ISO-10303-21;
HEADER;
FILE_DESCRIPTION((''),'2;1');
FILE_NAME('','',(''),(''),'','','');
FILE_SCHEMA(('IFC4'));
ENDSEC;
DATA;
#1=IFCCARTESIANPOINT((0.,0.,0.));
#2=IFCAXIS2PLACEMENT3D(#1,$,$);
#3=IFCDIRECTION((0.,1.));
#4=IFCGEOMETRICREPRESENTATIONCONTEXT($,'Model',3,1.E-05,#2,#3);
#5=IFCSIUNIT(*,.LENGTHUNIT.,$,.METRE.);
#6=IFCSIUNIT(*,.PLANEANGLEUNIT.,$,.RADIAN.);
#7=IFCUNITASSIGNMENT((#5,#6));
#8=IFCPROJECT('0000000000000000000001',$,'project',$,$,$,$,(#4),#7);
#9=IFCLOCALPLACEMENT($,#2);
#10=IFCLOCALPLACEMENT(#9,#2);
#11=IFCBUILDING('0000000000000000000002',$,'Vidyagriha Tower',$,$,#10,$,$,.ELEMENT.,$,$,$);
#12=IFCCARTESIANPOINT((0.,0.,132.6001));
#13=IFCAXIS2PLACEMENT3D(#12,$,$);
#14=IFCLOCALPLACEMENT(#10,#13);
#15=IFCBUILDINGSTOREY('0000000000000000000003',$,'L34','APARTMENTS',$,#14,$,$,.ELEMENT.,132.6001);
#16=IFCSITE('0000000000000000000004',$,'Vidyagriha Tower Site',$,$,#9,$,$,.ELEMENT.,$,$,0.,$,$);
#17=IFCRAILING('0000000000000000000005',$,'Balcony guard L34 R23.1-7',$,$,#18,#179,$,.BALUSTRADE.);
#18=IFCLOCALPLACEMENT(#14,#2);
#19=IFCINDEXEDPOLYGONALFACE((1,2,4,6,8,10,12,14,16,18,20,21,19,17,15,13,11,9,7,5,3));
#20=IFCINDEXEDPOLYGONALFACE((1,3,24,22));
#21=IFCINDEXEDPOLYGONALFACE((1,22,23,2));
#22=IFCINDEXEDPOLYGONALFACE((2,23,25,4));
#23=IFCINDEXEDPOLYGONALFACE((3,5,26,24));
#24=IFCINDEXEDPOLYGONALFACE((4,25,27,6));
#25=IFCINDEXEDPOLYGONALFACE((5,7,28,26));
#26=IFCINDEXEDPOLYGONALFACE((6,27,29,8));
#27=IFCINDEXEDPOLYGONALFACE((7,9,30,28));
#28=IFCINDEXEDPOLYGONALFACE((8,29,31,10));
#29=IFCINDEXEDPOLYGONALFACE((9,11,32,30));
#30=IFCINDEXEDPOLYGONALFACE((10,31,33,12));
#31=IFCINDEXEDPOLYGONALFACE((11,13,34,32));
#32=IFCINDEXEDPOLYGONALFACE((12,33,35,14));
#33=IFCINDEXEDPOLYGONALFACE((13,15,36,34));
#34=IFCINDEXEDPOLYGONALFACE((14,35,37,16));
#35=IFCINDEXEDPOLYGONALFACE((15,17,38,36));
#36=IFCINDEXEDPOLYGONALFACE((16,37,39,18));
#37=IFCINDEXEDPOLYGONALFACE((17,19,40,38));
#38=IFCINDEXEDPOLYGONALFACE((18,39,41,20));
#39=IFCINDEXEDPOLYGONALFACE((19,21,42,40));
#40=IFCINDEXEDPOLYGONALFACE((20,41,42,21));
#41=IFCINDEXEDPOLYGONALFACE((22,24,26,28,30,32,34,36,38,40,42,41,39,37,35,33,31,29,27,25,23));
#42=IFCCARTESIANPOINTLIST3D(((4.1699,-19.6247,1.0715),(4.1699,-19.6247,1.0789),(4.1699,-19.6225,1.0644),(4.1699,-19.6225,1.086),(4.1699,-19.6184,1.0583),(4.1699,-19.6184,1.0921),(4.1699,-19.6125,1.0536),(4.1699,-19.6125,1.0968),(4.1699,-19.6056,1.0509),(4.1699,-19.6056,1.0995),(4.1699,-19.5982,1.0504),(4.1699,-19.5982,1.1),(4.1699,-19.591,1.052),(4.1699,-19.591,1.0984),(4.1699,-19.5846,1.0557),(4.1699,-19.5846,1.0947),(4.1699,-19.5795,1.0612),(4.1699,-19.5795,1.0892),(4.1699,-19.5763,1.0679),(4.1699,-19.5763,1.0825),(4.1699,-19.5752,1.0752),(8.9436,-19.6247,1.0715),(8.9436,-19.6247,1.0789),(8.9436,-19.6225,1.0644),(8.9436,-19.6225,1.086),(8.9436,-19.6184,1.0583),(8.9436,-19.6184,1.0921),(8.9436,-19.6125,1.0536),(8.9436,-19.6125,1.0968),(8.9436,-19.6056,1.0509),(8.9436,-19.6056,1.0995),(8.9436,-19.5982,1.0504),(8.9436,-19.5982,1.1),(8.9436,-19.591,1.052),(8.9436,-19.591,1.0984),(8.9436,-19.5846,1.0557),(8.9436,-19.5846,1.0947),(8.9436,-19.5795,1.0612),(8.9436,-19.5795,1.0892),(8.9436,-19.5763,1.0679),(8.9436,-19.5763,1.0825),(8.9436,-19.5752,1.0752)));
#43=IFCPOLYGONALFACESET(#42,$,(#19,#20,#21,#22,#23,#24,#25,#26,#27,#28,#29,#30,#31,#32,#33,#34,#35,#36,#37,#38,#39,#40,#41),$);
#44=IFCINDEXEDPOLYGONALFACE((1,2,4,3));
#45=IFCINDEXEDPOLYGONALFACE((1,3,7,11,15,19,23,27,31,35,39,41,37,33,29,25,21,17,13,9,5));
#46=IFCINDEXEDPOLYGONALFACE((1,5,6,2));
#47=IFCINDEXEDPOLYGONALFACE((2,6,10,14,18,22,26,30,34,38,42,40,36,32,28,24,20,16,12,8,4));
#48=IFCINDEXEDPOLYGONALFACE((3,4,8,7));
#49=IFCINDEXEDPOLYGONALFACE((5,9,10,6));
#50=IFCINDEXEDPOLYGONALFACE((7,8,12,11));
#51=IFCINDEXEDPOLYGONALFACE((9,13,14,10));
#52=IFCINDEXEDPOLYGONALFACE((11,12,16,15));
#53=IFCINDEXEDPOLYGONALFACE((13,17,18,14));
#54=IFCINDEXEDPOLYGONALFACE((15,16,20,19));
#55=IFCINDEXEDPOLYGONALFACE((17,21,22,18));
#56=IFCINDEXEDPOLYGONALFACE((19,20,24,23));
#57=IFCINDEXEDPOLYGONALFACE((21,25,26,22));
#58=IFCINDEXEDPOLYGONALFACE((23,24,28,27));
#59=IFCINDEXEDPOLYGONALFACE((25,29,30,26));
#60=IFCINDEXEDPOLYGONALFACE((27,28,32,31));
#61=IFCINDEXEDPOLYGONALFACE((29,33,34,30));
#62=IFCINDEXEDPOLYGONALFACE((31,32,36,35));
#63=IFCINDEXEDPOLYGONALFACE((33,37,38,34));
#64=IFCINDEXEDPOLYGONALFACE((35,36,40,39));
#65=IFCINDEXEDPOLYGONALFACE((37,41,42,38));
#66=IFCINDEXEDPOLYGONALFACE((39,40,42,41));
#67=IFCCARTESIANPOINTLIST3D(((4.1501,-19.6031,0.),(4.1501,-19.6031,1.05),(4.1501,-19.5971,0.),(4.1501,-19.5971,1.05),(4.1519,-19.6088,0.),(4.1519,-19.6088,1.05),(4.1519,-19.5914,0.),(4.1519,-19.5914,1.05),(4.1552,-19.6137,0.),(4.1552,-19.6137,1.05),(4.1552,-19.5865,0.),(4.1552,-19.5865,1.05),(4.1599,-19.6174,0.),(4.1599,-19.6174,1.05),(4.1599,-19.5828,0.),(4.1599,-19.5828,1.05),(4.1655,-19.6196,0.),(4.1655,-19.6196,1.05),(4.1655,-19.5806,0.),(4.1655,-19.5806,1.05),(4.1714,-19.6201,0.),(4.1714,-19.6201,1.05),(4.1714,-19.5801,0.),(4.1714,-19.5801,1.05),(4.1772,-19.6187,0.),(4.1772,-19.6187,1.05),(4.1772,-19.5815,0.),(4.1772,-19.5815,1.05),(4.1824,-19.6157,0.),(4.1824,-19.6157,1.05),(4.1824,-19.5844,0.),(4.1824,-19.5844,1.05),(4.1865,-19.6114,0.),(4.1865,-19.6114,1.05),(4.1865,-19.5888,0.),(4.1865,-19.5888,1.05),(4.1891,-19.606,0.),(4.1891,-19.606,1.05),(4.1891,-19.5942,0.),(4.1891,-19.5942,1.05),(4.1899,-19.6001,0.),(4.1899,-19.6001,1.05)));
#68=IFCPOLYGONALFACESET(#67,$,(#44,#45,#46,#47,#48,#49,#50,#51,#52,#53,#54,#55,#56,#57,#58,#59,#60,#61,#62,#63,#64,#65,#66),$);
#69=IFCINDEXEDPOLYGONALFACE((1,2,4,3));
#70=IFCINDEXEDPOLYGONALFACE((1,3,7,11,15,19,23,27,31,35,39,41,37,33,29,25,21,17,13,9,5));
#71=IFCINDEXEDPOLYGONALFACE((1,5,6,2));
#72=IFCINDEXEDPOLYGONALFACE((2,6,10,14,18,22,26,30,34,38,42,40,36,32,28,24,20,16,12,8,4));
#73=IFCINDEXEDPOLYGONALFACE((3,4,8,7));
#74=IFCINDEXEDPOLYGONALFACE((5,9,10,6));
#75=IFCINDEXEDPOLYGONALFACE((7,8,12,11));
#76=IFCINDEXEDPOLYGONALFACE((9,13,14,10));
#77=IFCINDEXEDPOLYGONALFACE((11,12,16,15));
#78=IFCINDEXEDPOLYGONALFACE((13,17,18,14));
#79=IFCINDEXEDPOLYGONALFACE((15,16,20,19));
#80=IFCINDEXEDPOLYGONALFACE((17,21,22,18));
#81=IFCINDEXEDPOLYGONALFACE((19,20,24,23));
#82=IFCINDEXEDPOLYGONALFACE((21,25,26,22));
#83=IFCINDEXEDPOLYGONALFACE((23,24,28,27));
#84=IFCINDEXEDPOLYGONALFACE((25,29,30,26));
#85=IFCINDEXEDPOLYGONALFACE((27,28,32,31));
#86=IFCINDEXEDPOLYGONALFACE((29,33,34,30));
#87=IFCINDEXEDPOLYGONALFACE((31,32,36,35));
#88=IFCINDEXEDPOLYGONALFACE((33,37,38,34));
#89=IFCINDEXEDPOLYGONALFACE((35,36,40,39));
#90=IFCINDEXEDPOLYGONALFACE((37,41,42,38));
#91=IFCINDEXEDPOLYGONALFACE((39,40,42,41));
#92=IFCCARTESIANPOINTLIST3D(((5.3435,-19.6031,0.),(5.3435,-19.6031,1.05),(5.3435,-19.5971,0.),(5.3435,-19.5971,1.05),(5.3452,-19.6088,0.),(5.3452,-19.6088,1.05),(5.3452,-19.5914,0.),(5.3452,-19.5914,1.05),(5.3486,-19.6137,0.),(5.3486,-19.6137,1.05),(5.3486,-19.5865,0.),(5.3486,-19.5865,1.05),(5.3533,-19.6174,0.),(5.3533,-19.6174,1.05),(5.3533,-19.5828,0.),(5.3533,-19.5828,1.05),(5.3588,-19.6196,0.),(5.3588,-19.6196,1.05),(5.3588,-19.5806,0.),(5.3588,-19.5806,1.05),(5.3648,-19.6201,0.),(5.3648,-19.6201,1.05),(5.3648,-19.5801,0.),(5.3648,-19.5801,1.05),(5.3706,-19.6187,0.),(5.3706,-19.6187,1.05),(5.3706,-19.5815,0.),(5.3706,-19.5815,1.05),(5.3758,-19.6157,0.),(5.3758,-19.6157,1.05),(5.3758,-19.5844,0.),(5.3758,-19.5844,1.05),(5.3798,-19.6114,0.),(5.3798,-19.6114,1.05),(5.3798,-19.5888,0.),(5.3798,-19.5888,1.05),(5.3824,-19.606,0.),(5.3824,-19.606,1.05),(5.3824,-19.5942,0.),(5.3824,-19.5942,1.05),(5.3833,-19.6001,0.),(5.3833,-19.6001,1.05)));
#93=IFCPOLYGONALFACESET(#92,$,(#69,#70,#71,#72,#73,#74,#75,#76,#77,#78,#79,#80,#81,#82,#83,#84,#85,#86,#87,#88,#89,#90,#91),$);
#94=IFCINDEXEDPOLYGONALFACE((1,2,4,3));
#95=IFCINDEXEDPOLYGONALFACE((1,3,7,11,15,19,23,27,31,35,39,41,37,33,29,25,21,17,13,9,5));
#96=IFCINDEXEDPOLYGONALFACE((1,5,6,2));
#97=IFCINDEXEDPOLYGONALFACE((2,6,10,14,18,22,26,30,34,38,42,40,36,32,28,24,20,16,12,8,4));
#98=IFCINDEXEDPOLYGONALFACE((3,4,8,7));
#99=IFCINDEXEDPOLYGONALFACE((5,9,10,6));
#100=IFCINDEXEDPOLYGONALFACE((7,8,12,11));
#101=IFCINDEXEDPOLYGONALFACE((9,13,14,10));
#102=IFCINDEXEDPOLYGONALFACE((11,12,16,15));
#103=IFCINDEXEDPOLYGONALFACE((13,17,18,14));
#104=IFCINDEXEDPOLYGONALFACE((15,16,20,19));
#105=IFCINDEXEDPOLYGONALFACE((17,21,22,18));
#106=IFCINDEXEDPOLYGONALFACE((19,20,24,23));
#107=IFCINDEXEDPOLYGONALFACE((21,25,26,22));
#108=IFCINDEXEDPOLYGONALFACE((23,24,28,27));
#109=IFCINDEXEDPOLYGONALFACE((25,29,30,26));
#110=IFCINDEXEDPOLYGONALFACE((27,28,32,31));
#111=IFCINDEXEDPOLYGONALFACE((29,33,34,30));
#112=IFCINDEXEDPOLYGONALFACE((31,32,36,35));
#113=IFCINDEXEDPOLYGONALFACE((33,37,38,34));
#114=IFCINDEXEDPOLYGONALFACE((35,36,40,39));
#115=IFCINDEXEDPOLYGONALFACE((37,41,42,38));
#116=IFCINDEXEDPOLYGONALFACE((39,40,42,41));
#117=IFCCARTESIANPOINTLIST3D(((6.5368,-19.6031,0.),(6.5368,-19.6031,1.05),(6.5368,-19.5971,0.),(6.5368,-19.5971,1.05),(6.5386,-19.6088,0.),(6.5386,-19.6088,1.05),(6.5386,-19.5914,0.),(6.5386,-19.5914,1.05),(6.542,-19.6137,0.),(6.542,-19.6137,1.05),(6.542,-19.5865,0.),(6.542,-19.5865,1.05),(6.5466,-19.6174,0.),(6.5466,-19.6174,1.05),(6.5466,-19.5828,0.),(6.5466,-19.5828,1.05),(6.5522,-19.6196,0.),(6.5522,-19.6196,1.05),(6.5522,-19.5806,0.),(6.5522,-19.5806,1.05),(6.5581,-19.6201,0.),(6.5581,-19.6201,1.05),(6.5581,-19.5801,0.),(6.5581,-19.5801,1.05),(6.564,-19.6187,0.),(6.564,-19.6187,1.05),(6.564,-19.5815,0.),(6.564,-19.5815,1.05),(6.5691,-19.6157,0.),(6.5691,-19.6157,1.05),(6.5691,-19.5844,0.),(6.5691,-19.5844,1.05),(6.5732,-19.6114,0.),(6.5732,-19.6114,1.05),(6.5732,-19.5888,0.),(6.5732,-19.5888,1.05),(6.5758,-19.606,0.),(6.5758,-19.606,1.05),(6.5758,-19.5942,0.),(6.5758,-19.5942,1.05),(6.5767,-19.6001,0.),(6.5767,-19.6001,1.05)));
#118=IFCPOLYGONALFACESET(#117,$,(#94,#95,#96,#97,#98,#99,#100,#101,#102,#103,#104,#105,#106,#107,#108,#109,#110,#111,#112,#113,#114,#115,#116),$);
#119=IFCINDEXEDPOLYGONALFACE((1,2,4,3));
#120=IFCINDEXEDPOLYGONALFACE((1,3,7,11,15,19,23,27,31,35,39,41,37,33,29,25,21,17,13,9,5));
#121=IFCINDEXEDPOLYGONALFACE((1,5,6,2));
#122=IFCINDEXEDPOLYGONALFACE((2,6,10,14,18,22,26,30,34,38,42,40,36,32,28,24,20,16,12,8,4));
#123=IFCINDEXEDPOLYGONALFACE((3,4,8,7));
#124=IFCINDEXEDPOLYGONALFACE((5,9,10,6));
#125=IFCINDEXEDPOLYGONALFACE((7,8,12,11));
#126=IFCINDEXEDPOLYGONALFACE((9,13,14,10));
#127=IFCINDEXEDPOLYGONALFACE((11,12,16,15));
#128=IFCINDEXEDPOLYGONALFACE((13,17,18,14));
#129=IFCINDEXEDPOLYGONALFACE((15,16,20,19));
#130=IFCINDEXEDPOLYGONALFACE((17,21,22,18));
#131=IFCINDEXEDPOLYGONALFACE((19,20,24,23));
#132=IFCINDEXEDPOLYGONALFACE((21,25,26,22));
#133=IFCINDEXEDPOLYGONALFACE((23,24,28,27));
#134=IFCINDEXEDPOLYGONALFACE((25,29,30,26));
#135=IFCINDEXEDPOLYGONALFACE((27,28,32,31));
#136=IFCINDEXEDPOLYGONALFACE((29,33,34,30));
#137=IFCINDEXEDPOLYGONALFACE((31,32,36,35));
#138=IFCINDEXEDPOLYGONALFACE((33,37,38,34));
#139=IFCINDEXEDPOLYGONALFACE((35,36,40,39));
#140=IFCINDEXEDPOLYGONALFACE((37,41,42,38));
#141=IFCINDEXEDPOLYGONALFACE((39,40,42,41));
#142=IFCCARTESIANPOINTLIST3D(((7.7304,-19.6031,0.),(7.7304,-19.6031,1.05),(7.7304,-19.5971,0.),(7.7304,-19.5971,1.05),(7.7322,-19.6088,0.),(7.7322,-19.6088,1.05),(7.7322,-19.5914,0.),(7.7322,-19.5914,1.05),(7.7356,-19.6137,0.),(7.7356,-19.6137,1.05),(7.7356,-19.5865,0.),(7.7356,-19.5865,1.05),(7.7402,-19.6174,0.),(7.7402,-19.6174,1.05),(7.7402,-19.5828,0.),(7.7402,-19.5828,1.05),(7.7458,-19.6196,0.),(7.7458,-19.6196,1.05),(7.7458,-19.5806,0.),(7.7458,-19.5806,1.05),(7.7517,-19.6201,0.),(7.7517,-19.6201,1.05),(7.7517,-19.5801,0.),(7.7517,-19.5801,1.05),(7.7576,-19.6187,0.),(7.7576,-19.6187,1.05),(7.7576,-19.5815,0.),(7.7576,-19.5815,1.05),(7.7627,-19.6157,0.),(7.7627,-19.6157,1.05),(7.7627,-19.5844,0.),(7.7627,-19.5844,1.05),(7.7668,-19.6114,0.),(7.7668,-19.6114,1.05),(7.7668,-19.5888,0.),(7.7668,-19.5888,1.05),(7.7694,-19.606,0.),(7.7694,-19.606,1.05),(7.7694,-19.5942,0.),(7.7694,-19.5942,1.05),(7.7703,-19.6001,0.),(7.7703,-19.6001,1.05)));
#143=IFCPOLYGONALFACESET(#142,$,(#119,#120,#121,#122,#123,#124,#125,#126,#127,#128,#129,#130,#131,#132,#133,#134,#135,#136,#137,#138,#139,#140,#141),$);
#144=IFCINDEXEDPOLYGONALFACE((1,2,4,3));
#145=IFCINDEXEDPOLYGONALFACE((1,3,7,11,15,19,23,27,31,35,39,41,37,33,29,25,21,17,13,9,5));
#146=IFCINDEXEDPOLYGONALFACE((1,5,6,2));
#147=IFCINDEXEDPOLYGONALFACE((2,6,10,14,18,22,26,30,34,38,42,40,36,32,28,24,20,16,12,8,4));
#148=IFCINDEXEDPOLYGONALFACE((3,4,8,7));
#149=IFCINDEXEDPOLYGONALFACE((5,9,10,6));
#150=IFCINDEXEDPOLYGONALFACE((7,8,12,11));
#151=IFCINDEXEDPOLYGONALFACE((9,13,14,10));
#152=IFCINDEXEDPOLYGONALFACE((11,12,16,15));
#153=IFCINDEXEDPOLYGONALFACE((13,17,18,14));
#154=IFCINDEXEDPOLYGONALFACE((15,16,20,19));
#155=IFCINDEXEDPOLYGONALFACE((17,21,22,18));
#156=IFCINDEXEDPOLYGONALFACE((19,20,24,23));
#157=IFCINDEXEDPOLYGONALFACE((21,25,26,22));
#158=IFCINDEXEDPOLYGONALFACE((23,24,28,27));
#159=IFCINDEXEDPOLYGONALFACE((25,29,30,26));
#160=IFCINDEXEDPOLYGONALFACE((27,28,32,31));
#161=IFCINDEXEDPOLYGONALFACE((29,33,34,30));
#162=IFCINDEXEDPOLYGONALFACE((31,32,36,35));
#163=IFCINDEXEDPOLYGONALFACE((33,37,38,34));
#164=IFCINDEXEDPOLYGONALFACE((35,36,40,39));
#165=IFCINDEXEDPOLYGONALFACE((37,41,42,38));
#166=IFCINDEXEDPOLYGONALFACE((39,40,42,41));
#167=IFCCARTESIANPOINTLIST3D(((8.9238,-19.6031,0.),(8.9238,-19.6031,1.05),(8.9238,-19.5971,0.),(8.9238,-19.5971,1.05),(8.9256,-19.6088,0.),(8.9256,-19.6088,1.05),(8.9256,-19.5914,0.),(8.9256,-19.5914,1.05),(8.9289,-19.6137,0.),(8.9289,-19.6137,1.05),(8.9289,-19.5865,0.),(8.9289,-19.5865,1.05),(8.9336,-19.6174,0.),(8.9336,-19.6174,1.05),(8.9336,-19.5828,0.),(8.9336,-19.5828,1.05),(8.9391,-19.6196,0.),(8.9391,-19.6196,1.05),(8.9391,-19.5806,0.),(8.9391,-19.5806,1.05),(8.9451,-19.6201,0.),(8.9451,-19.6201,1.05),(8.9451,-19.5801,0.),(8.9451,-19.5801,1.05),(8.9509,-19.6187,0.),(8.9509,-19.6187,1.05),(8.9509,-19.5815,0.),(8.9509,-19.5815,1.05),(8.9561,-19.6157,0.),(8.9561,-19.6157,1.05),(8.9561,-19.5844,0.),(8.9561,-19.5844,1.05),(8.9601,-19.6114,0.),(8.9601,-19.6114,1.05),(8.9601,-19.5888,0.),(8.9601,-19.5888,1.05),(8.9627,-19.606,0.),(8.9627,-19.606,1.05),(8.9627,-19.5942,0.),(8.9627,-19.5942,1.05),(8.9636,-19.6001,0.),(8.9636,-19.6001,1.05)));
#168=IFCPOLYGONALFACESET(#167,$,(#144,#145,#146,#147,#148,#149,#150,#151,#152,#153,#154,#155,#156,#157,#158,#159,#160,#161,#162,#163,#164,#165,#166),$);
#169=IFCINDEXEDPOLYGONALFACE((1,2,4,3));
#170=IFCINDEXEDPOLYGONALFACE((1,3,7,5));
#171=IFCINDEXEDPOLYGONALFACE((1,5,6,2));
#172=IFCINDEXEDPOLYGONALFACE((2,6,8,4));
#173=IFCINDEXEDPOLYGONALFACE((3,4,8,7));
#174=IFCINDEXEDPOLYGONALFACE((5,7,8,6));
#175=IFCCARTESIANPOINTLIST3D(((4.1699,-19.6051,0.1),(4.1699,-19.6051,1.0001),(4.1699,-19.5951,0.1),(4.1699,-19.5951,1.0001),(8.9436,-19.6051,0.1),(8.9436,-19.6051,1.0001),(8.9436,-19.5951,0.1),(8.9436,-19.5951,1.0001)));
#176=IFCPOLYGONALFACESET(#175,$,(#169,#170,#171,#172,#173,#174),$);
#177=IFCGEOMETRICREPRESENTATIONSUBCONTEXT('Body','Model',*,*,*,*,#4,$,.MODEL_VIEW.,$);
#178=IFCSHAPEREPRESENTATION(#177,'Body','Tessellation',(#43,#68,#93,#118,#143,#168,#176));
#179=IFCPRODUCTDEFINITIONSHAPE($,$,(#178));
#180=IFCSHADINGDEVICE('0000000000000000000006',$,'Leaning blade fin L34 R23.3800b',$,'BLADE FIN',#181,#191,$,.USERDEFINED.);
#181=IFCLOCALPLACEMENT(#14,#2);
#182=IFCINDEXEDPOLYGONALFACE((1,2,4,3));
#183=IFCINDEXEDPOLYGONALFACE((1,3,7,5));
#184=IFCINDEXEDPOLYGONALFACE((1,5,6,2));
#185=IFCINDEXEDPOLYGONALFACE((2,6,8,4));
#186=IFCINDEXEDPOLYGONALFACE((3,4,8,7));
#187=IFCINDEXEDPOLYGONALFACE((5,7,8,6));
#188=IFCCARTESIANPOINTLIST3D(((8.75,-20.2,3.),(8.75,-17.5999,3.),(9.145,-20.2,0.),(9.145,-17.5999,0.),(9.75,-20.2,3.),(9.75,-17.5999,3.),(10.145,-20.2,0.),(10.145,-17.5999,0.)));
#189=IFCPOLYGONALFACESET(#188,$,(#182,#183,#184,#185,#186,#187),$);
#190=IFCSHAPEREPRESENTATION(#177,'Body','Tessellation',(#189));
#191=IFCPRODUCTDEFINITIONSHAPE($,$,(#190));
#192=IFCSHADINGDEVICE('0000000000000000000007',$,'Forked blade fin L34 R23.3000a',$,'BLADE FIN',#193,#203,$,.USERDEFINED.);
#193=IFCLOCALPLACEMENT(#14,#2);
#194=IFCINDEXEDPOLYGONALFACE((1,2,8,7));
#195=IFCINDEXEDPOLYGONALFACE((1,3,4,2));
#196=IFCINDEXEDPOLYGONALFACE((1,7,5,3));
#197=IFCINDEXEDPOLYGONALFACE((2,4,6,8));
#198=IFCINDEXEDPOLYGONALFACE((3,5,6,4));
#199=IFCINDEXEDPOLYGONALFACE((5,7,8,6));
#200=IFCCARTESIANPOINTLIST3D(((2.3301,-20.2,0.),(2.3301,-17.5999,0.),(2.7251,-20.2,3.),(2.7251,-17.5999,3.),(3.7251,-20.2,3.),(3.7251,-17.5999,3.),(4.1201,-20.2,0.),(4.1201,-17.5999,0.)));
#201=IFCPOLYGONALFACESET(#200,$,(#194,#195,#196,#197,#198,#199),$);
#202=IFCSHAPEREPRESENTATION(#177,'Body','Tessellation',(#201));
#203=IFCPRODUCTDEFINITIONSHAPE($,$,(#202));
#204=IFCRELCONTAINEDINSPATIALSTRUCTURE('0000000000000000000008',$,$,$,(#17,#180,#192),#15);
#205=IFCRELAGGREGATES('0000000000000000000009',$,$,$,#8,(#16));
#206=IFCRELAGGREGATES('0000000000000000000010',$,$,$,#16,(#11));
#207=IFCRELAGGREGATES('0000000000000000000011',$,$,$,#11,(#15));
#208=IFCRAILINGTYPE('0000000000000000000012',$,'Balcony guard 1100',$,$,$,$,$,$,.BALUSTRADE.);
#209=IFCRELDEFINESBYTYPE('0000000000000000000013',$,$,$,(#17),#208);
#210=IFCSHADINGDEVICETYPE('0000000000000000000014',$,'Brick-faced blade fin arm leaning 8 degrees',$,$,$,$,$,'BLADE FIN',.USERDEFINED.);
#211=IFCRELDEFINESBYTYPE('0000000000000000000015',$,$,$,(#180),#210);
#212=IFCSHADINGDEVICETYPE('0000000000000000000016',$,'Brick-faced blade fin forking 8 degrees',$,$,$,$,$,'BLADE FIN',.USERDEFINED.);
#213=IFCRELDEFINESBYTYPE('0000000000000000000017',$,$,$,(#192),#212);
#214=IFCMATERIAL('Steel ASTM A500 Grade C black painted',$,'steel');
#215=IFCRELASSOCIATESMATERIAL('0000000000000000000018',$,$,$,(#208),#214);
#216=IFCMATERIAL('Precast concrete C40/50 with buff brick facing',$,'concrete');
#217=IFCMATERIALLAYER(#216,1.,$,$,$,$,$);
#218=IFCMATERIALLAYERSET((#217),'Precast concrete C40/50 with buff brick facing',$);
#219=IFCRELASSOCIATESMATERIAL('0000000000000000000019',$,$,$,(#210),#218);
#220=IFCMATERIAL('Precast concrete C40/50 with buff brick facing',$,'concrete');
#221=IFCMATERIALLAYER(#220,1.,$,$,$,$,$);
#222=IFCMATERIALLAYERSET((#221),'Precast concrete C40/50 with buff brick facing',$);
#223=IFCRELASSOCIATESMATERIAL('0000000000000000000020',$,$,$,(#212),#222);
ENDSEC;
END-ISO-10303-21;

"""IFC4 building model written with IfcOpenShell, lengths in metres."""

from ifc_helpers import new_model, si_unit, direction, frame, origin, origin_2d, place, context, subcontext, project, spatial, polyline, rectangle, circle, outline, extrude, material, layer, layer_set, type_object, element, save


model = new_model("IFC4")

# Units and contexts
model_context = context("Model", 3, precision=1e-05, world=origin(), true_north=direction((0.0, 1.0)))
body_context = subcontext(model_context, "Body", "Model", "MODEL_VIEW")
ifc_project = project(units=[si_unit("LENGTHUNIT", "METRE"), si_unit("PLANEANGLEUNIT", "RADIAN")], contexts=[model_context])

# Site, building, storey
site_placement = place(None, origin())
site = spatial("IfcSite", under=ifc_project, at=site_placement, Name="Vidyagriha Tower Site", CompositionType="ELEMENT", RefElevation=0.0)
building_placement = place(site_placement, origin())
building = spatial("IfcBuilding", under=site, at=building_placement, Name="Vidyagriha Tower", CompositionType="ELEMENT")
storey_placement = place(building_placement, frame((0.0, 0.0, 132.6001)))
storey = spatial("IfcBuildingStorey", under=building, at=storey_placement, Name="L34", Description="APARTMENTS", CompositionType="ELEMENT", Elevation=132.6001)

# Railing
ifc_material_1 = material(Name="Steel ASTM A500 Grade C black painted", Category="steel")
railing_type = type_object("IfcRailingType", Name="Balcony guard 1100", PredefinedType="BALUSTRADE", material=ifc_material_1)
railing_placement = place(storey_placement, frame((4.1699, -19.6001, 0.0)))
element("IfcRailing", 1, at=railing_placement, inside=storey, type_object=railing_type, Name="Balcony guard L34 R23.1-7", PredefinedType="BALUSTRADE", context=body_context, shape_type="SweptSolid", body=[
    extrude(circle(Radius=0.0249, at=origin_2d()), frame((0.0, 0.0, 1.0752), z_axis=(1.0, 0.0, 0.0), x_axis=(0.0, 1.0, 0.0)), (0.0, 0.0, 1.0), 4.7737),
    extrude(circle(Radius=0.02, at=origin_2d()), origin(), (0.0, 0.0, 1.0), 1.05),
    extrude(circle(Radius=0.02, at=origin_2d()), frame((1.1934, 0.0, 0.0)), (0.0, 0.0, 1.0), 1.05),
    extrude(circle(Radius=0.02, at=origin_2d()), frame((2.3867, 0.0, 0.0)), (0.0, 0.0, 1.0), 1.05),
    extrude(circle(Radius=0.02, at=origin_2d()), frame((3.5803, 0.0, 0.0)), (0.0, 0.0, 1.0), 1.05),
    extrude(circle(Radius=0.02, at=origin_2d()), frame((4.7737, 0.0, 0.0)), (0.0, 0.0, 1.0), 1.05),
    extrude(rectangle(XDim=0.01, YDim=0.9001, at=origin_2d()), frame((0.0, 0.0, 0.55), z_axis=(1.0, 0.0, 0.0), x_axis=(0.0, 1.0, 0.0)), (0.0, 0.0, 1.0), 4.7737),
])

# Shading devices
ifc_material_2 = material(Name="Precast concrete C40/50 with buff brick facing", Category="concrete")
ifc_layer_1 = layer(ifc_material_2, 1.0)
ifc_layer_set_1 = layer_set([ifc_layer_1], Name="Precast concrete C40/50 with buff brick facing")
shading_device_type_1 = type_object("IfcShadingDeviceType", Name="Brick-faced blade fin arm leaning 8 degrees", ElementType="BLADE FIN", PredefinedType="USERDEFINED", material=ifc_layer_set_1)
shading_device_1_placement = place(storey_placement, frame((8.75, -18.8999, 0.0)))
element("IfcShadingDevice", 2, at=shading_device_1_placement, inside=storey, type_object=shading_device_type_1, Name="Leaning blade fin L34 R23.3800b", ObjectType="BLADE FIN", PredefinedType="USERDEFINED", context=body_context, shape_type="SweptSolid", body=[
    extrude(outline(polyline([(0.395, 0.0), (1.395, 0.0), (1.0, 3.0), (0.0, 3.0), (0.395, 0.0)])), frame((0.0, 1.3, 0.0), z_axis=(0.0, -1.0, 0.0), x_axis=(1.0, 0.0, 0.0)), (0.0, 0.0, 1.0), 2.6001),
])
ifc_material_3 = material(Name="Precast concrete C40/50 with buff brick facing", Category="concrete")
ifc_layer_2 = layer(ifc_material_3, 1.0)
ifc_layer_set_2 = layer_set([ifc_layer_2], Name="Precast concrete C40/50 with buff brick facing")
shading_device_type_2 = type_object("IfcShadingDeviceType", Name="Brick-faced blade fin forking 8 degrees", ElementType="BLADE FIN", PredefinedType="USERDEFINED", material=ifc_layer_set_2)
shading_device_2_placement = place(storey_placement, frame((2.3301, -18.8999, 0.0)))
element("IfcShadingDevice", 3, at=shading_device_2_placement, inside=storey, type_object=shading_device_type_2, Name="Forked blade fin L34 R23.3000a", ObjectType="BLADE FIN", PredefinedType="USERDEFINED", context=body_context, shape_type="SweptSolid", body=[
    extrude(outline(polyline([(0.0, 0.0), (1.79, 0.0), (1.395, 3.0), (0.395, 3.0), (0.0, 0.0)])), frame((0.0, 1.3, 0.0), z_axis=(0.0, -1.0, 0.0), x_axis=(1.0, 0.0, 0.0)), (0.0, 0.0, 1.0), 2.6001),
])

save(model, "model.ifc")
